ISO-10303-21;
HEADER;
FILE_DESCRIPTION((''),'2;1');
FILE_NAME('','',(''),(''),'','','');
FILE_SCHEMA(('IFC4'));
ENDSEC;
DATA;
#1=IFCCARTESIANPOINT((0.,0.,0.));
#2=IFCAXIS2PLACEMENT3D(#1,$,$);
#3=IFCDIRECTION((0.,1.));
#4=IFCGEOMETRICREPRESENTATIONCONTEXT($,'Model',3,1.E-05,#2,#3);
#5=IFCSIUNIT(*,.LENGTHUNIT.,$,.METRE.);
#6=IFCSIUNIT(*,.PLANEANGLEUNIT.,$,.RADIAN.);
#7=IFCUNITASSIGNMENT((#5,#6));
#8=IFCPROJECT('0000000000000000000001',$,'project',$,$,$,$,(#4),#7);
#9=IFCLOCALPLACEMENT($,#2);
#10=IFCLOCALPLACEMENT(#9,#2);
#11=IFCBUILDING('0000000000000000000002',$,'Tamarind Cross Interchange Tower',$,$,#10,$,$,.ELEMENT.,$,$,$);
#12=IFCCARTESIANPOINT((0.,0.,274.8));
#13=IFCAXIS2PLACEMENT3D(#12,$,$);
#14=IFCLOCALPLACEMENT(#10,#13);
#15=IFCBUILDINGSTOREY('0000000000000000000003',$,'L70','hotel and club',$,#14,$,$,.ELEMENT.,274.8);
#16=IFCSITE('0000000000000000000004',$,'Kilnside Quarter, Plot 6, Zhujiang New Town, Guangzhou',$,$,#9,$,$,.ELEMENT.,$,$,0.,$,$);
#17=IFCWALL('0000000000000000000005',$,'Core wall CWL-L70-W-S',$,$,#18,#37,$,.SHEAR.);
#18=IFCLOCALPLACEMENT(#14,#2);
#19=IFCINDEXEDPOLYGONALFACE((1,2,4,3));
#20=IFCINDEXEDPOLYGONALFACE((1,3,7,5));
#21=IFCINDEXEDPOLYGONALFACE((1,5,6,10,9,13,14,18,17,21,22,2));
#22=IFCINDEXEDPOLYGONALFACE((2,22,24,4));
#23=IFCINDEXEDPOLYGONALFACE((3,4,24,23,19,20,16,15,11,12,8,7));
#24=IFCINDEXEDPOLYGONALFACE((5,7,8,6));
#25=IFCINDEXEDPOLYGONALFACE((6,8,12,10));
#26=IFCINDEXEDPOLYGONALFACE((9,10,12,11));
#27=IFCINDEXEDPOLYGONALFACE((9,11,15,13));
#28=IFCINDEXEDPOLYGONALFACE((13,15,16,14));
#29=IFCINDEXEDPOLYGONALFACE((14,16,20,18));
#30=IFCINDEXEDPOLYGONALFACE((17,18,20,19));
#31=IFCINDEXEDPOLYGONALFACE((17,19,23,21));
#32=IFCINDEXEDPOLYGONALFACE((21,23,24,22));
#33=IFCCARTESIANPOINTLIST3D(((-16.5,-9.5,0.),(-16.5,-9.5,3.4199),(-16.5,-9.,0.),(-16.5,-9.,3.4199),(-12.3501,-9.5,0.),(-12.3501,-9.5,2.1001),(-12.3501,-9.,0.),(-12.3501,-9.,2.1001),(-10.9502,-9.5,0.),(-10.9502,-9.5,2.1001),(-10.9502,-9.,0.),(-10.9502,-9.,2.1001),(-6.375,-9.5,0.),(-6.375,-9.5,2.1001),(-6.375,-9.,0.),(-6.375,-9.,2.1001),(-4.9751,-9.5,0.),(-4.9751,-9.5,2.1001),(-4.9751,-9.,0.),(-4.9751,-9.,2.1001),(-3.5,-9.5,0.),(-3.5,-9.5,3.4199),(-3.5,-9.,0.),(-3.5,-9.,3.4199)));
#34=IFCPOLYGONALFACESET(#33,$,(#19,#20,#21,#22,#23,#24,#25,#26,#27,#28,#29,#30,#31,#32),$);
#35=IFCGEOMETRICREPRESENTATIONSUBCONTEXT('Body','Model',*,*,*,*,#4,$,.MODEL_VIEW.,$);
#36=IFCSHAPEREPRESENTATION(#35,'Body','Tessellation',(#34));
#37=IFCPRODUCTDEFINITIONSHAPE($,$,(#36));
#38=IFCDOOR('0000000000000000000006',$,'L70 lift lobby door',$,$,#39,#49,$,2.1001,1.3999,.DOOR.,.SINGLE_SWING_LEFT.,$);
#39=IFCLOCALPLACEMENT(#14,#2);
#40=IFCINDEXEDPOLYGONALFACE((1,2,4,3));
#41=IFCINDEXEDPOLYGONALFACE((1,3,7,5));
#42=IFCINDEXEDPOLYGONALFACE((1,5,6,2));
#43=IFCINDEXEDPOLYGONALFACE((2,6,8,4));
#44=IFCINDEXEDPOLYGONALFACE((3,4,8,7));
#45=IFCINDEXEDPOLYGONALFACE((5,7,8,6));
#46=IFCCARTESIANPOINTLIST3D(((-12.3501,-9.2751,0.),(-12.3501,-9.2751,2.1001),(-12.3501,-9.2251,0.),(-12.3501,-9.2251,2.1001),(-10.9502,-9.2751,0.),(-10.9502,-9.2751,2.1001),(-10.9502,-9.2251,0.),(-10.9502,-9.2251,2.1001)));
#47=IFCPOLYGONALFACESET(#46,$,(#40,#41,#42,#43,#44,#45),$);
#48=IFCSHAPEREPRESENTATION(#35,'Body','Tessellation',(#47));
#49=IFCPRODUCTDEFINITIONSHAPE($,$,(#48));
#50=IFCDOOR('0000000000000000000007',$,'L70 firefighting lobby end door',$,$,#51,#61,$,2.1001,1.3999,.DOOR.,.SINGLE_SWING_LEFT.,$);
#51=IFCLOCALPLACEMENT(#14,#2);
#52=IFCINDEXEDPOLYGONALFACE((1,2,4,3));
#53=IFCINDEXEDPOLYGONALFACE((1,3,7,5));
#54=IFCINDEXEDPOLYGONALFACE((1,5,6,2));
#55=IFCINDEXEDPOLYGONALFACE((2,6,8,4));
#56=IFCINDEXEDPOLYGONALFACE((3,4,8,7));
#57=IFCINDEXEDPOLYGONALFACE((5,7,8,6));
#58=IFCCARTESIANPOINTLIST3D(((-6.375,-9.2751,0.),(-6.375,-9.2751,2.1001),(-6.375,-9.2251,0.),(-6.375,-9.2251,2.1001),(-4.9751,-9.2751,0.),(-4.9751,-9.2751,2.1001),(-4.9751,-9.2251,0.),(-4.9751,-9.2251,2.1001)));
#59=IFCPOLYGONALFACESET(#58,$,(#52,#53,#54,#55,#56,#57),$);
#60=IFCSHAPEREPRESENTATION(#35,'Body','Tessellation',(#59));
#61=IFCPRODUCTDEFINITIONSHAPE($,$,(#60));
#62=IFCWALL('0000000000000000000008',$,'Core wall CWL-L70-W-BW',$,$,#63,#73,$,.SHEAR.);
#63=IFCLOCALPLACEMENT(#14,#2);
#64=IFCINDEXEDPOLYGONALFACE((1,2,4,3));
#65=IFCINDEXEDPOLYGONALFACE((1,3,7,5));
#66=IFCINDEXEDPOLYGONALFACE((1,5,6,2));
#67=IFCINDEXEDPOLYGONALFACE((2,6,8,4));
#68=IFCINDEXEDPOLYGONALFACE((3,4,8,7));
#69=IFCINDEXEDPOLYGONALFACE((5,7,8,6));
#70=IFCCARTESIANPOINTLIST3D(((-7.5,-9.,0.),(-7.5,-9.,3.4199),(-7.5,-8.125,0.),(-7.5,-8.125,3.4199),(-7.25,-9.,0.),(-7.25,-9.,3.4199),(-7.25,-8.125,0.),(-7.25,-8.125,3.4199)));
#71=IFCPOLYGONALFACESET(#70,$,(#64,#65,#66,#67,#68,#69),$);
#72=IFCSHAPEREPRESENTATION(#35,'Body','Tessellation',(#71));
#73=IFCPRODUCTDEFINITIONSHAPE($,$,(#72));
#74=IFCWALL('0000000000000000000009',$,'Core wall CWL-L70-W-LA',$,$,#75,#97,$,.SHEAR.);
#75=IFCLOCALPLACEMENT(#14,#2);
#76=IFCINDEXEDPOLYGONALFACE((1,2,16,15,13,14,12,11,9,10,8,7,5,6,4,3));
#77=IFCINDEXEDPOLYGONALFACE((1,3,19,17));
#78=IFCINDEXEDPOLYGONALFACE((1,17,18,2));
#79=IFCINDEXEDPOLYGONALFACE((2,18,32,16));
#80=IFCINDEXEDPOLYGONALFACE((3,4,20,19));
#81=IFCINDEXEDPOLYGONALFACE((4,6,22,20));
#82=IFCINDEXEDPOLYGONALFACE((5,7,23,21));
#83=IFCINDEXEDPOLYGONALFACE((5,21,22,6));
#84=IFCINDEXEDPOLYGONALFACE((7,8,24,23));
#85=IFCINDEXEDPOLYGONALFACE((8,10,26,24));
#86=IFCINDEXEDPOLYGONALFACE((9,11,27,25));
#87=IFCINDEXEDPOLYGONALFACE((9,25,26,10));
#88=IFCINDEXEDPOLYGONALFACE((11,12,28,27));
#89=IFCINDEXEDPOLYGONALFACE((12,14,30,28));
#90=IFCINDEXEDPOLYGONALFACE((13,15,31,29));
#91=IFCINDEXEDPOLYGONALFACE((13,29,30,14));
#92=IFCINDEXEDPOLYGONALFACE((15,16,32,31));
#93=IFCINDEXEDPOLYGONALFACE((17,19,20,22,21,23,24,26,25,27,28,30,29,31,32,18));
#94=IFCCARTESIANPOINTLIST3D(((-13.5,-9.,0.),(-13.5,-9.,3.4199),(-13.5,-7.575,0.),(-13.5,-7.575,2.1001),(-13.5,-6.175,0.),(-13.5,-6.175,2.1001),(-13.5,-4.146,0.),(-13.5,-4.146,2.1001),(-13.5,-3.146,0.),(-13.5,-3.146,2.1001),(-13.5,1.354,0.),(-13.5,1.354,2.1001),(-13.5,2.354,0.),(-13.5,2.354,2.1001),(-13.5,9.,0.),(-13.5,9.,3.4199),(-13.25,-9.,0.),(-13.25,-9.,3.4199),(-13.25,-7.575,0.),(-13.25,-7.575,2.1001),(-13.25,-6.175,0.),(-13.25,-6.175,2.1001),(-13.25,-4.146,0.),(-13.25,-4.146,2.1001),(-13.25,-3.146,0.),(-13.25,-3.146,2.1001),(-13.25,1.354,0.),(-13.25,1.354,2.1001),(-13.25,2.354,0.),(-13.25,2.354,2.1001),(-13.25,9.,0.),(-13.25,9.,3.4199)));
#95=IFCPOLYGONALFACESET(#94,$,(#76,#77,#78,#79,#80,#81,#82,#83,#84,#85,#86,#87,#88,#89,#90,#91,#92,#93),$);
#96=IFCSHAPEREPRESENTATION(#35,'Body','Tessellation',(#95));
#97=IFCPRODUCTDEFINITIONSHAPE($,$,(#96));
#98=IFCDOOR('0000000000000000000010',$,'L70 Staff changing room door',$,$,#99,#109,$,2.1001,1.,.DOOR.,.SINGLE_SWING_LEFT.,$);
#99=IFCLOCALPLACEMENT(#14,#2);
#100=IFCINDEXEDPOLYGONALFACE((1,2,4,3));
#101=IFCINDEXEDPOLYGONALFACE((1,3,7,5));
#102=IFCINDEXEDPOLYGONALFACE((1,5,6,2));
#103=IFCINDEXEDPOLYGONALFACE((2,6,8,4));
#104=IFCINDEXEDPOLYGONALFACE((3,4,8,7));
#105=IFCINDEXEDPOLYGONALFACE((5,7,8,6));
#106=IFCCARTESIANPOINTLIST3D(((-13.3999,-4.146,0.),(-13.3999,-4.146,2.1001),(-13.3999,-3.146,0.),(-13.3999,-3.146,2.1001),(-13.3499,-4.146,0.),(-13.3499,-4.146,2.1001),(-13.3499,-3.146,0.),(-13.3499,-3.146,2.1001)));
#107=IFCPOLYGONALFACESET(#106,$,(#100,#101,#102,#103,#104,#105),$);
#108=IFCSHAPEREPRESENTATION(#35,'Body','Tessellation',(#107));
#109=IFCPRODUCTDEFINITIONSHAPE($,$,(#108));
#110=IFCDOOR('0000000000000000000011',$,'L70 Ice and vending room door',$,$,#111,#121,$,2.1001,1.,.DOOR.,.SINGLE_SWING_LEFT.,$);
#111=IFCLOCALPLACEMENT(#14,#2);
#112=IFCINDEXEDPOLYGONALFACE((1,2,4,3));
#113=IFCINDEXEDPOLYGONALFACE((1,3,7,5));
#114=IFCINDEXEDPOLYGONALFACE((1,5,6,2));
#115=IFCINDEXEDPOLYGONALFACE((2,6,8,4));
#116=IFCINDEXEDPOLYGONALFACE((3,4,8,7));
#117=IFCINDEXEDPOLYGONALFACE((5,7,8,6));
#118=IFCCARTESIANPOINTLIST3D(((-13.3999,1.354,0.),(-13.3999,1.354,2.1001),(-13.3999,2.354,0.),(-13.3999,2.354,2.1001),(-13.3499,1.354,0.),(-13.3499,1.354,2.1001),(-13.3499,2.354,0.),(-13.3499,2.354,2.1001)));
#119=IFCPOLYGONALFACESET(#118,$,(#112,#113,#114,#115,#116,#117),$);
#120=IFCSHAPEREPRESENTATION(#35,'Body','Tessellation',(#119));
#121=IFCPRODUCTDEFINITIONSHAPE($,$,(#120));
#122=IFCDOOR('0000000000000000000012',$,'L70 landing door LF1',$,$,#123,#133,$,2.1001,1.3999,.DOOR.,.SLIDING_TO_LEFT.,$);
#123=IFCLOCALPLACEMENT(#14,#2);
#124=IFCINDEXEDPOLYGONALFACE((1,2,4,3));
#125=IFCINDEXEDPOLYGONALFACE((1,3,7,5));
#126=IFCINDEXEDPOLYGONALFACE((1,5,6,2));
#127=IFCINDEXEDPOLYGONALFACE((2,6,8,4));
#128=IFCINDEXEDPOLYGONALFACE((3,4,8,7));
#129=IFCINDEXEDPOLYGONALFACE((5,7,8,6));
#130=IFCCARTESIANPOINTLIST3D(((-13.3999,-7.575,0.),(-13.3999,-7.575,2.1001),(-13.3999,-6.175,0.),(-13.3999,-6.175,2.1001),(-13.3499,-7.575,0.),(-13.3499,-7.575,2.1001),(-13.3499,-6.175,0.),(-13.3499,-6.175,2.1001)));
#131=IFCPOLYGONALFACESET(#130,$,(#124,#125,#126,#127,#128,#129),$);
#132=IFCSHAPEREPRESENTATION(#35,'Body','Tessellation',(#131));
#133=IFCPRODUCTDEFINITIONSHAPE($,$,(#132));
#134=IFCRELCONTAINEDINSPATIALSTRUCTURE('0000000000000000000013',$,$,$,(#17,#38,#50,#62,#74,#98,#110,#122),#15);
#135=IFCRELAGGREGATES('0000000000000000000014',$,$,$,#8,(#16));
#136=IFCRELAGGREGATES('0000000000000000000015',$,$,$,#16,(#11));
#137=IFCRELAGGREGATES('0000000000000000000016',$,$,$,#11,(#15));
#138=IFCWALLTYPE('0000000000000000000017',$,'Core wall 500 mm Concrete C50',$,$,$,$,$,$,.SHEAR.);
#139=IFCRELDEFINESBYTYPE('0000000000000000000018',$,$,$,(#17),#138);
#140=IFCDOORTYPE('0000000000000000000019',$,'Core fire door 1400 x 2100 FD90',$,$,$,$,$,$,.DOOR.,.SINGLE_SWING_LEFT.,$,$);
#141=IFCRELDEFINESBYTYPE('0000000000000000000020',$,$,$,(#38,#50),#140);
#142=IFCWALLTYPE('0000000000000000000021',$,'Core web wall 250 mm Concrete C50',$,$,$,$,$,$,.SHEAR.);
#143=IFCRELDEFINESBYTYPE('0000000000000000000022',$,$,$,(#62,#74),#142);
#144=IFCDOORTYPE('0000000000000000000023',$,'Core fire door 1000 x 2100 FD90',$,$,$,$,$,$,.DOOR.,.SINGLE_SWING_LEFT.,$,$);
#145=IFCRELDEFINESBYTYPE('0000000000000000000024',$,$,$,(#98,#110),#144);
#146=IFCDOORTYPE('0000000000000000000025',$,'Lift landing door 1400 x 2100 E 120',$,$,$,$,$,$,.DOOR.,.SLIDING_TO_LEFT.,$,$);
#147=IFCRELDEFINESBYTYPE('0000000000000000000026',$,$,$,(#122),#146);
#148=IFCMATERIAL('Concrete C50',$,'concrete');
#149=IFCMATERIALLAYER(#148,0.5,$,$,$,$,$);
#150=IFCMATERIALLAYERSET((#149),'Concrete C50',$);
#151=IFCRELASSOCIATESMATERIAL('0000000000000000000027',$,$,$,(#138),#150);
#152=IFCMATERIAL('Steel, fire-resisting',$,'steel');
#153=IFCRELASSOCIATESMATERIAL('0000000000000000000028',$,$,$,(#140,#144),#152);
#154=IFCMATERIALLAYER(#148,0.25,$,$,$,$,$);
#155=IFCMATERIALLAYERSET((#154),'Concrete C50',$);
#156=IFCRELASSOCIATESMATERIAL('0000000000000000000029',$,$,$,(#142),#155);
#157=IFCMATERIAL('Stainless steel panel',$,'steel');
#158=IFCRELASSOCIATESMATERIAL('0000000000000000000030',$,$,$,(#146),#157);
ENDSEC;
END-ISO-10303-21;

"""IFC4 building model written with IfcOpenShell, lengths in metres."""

from ifc_helpers import new_model, si_unit, direction, frame, frame_2d, origin, place, context, subcontext, project, spatial, rectangle, extrude, material, layer, layer_set, type_object, element, fill, save


model = new_model("IFC4")

# Units and contexts
model_context = context("Model", 3, precision=1e-05, world=origin(), true_north=direction((0.0, 1.0)))
body_context = subcontext(model_context, "Body", "Model", "MODEL_VIEW")
ifc_project = project(units=[si_unit("LENGTHUNIT", "METRE"), si_unit("PLANEANGLEUNIT", "RADIAN")], contexts=[model_context])

# Site, building, storey
site_placement = place(None, origin())
site = spatial("IfcSite", under=ifc_project, at=site_placement, Name="Kilnside Quarter, Plot 6, Zhujiang New Town, Guangzhou", CompositionType="ELEMENT", RefElevation=0.0)
building_placement = place(site_placement, origin())
building = spatial("IfcBuilding", under=site, at=building_placement, Name="Tamarind Cross Interchange Tower", CompositionType="ELEMENT")
storey_placement = place(building_placement, frame((0.0, 0.0, 274.8)))
storey = spatial("IfcBuildingStorey", under=building, at=storey_placement, Name="L70", Description="hotel and club", CompositionType="ELEMENT", Elevation=274.8)

# Wall, openings, doors
ifc_material_1 = material(Name="Concrete C50", Category="concrete")
ifc_layer_1 = layer(ifc_material_1, 0.5)
ifc_layer_set_1 = layer_set([ifc_layer_1], Name="Concrete C50")
wall_type_1 = type_object("IfcWallType", Name="Core wall 500 mm Concrete C50", PredefinedType="SHEAR", material=ifc_layer_set_1)
wall_1_placement = place(storey_placement, frame((-16.5, -9.25, 0.0), z_axis=(0.0, 0.0, 1.0), x_axis=(1.0, 0.0, 0.0)))
wall_1 = element("IfcWall", 1, at=wall_1_placement, inside=storey, type_object=wall_type_1, Name="Core wall CWL-L70-W-S", PredefinedType="SHEAR", context=body_context, shape_type="SweptSolid", body=[
    extrude(rectangle(XDim=13.0, YDim=0.5, at=frame_2d((6.5, 0.0))), origin(), (0.0, 0.0, 1.0), 3.4199),
])
opening_1_placement = place(wall_1_placement, frame((4.1499, 0.0, 0.0)))
opening_1 = element("IfcOpeningElement", 2, at=opening_1_placement, cuts=wall_1, PredefinedType="OPENING", context=body_context, shape_type="SweptSolid", body=[
    extrude(rectangle(XDim=1.3999, YDim=2.1001, at=frame_2d((0.7, 1.05))), frame((0.0, 0.26, 0.0), z_axis=(0.0, -1.0, 0.0), x_axis=(1.0, 0.0, 0.0)), (0.0, 0.0, 1.0), 0.52),
])
opening_2_placement = place(wall_1_placement, frame((10.125, 0.0, 0.0)))
opening_2 = element("IfcOpeningElement", 3, at=opening_2_placement, cuts=wall_1, PredefinedType="OPENING", context=body_context, shape_type="SweptSolid", body=[
    extrude(rectangle(XDim=1.3999, YDim=2.1001, at=frame_2d((0.7, 1.05))), frame((0.0, 0.26, 0.0), z_axis=(0.0, -1.0, 0.0), x_axis=(1.0, 0.0, 0.0)), (0.0, 0.0, 1.0), 0.52),
])
ifc_material_2 = material(Name="Steel, fire-resisting", Category="steel")
door_type_1 = type_object("IfcDoorType", Name="Core fire door 1400 x 2100 FD90", OperationType="SINGLE_SWING_LEFT", PredefinedType="DOOR", material=ifc_material_2)
door_1_placement = place(opening_1_placement, origin())
door_1 = element("IfcDoor", 4, at=door_1_placement, inside=storey, type_object=door_type_1, Name="L70 lift lobby door", OperationType="SINGLE_SWING_LEFT", OverallHeight=2.1001, OverallWidth=1.3999, PredefinedType="DOOR", context=body_context, shape_type="SweptSolid", body=[
    extrude(rectangle(XDim=1.3999, YDim=2.1001, at=frame_2d((0.7, 1.05))), frame((0.0, 0.0249, 0.0), z_axis=(0.0, -1.0, 0.0), x_axis=(1.0, 0.0, 0.0)), (0.0, 0.0, 1.0), 0.05),
])
fill(opening_1, door_1)
door_2_placement = place(opening_2_placement, origin())
door_2 = element("IfcDoor", 5, at=door_2_placement, inside=storey, type_object=door_type_1, Name="L70 firefighting lobby end door", OperationType="SINGLE_SWING_LEFT", OverallHeight=2.1001, OverallWidth=1.3999, PredefinedType="DOOR", context=body_context, shape_type="SweptSolid", body=[
    extrude(rectangle(XDim=1.3999, YDim=2.1001, at=frame_2d((0.7, 1.05))), frame((0.0, 0.0249, 0.0), z_axis=(0.0, -1.0, 0.0), x_axis=(1.0, 0.0, 0.0)), (0.0, 0.0, 1.0), 0.05),
])
fill(opening_2, door_2)

# Wall
ifc_layer_2 = layer(ifc_material_1, 0.25)
ifc_layer_set_2 = layer_set([ifc_layer_2], Name="Concrete C50")
wall_type_2 = type_object("IfcWallType", Name="Core web wall 250 mm Concrete C50", PredefinedType="SHEAR", material=ifc_layer_set_2)
wall_2_placement = place(storey_placement, frame((-7.375, -9.0, 0.0), z_axis=(0.0, 0.0, 1.0), x_axis=(0.0, 1.0, 0.0)))
element("IfcWall", 6, at=wall_2_placement, inside=storey, type_object=wall_type_2, Name="Core wall CWL-L70-W-BW", PredefinedType="SHEAR", context=body_context, shape_type="SweptSolid", body=[
    extrude(rectangle(XDim=0.875, YDim=0.25, at=frame_2d((0.4375, 0.0))), origin(), (0.0, 0.0, 1.0), 3.4199),
])

# Wall, openings, doors
wall_3_placement = place(storey_placement, frame((-13.375, -9.0, 0.0), z_axis=(0.0, 0.0, 1.0), x_axis=(0.0, 1.0, 0.0)))
wall_3 = element("IfcWall", 7, at=wall_3_placement, inside=storey, type_object=wall_type_2, Name="Core wall CWL-L70-W-LA", PredefinedType="SHEAR", context=body_context, shape_type="SweptSolid", body=[
    extrude(rectangle(XDim=18.0, YDim=0.25, at=frame_2d((9.0, 0.0))), origin(), (0.0, 0.0, 1.0), 3.4199),
])
opening_3_placement = place(wall_3_placement, frame((1.425, 0.0, 0.0)))
opening_3 = element("IfcOpeningElement", 8, at=opening_3_placement, cuts=wall_3, PredefinedType="OPENING", context=body_context, shape_type="SweptSolid", body=[
    extrude(rectangle(XDim=1.3999, YDim=2.1001, at=frame_2d((0.7, 1.05))), frame((0.0, 0.135, 0.0), z_axis=(0.0, -1.0, 0.0), x_axis=(1.0, 0.0, 0.0)), (0.0, 0.0, 1.0), 0.27),
])
opening_4_placement = place(wall_3_placement, frame((4.854, 0.0, 0.0)))
opening_4 = element("IfcOpeningElement", 9, at=opening_4_placement, cuts=wall_3, PredefinedType="OPENING", context=body_context, shape_type="SweptSolid", body=[
    extrude(rectangle(XDim=1.0, YDim=2.1001, at=frame_2d((0.5, 1.05))), frame((0.0, 0.135, 0.0), z_axis=(0.0, -1.0, 0.0), x_axis=(1.0, 0.0, 0.0)), (0.0, 0.0, 1.0), 0.27),
])
opening_5_placement = place(wall_3_placement, frame((10.354, 0.0, 0.0)))
opening_5 = element("IfcOpeningElement", 10, at=opening_5_placement, cuts=wall_3, PredefinedType="OPENING", context=body_context, shape_type="SweptSolid", body=[
    extrude(rectangle(XDim=1.0, YDim=2.1001, at=frame_2d((0.5, 1.05))), frame((0.0, 0.135, 0.0), z_axis=(0.0, -1.0, 0.0), x_axis=(1.0, 0.0, 0.0)), (0.0, 0.0, 1.0), 0.27),
])
door_type_2 = type_object("IfcDoorType", Name="Core fire door 1000 x 2100 FD90", OperationType="SINGLE_SWING_LEFT", PredefinedType="DOOR", material=ifc_material_2)
door_3_placement = place(opening_4_placement, origin())
door_3 = element("IfcDoor", 11, at=door_3_placement, inside=storey, type_object=door_type_2, Name="L70 Staff changing room door", OperationType="SINGLE_SWING_LEFT", OverallHeight=2.1001, OverallWidth=1.0, PredefinedType="DOOR", context=body_context, shape_type="SweptSolid", body=[
    extrude(rectangle(XDim=1.0, YDim=2.1001, at=frame_2d((0.5, 1.05))), frame((0.0, 0.0249, 0.0), z_axis=(0.0, -1.0, 0.0), x_axis=(1.0, 0.0, 0.0)), (0.0, 0.0, 1.0), 0.05),
])
fill(opening_4, door_3)
door_4_placement = place(opening_5_placement, origin())
door_4 = element("IfcDoor", 12, at=door_4_placement, inside=storey, type_object=door_type_2, Name="L70 Ice and vending room door", OperationType="SINGLE_SWING_LEFT", OverallHeight=2.1001, OverallWidth=1.0, PredefinedType="DOOR", context=body_context, shape_type="SweptSolid", body=[
    extrude(rectangle(XDim=1.0, YDim=2.1001, at=frame_2d((0.5, 1.05))), frame((0.0, 0.0249, 0.0), z_axis=(0.0, -1.0, 0.0), x_axis=(1.0, 0.0, 0.0)), (0.0, 0.0, 1.0), 0.05),
])
fill(opening_5, door_4)
ifc_material_3 = material(Name="Stainless steel panel", Category="steel")
door_type_3 = type_object("IfcDoorType", Name="Lift landing door 1400 x 2100 E 120", OperationType="SLIDING_TO_LEFT", PredefinedType="DOOR", material=ifc_material_3)
door_5_placement = place(opening_3_placement, origin())
door_5 = element("IfcDoor", 13, at=door_5_placement, inside=storey, type_object=door_type_3, Name="L70 landing door LF1", OperationType="SLIDING_TO_LEFT", OverallHeight=2.1001, OverallWidth=1.3999, PredefinedType="DOOR", context=body_context, shape_type="SweptSolid", body=[
    extrude(rectangle(XDim=1.3999, YDim=2.1001, at=frame_2d((0.7, 1.05))), frame((0.0, 0.0249, 0.0), z_axis=(0.0, -1.0, 0.0), x_axis=(1.0, 0.0, 0.0)), (0.0, 0.0, 1.0), 0.05),
])
fill(opening_3, door_5)

save(model, "model.ifc")
